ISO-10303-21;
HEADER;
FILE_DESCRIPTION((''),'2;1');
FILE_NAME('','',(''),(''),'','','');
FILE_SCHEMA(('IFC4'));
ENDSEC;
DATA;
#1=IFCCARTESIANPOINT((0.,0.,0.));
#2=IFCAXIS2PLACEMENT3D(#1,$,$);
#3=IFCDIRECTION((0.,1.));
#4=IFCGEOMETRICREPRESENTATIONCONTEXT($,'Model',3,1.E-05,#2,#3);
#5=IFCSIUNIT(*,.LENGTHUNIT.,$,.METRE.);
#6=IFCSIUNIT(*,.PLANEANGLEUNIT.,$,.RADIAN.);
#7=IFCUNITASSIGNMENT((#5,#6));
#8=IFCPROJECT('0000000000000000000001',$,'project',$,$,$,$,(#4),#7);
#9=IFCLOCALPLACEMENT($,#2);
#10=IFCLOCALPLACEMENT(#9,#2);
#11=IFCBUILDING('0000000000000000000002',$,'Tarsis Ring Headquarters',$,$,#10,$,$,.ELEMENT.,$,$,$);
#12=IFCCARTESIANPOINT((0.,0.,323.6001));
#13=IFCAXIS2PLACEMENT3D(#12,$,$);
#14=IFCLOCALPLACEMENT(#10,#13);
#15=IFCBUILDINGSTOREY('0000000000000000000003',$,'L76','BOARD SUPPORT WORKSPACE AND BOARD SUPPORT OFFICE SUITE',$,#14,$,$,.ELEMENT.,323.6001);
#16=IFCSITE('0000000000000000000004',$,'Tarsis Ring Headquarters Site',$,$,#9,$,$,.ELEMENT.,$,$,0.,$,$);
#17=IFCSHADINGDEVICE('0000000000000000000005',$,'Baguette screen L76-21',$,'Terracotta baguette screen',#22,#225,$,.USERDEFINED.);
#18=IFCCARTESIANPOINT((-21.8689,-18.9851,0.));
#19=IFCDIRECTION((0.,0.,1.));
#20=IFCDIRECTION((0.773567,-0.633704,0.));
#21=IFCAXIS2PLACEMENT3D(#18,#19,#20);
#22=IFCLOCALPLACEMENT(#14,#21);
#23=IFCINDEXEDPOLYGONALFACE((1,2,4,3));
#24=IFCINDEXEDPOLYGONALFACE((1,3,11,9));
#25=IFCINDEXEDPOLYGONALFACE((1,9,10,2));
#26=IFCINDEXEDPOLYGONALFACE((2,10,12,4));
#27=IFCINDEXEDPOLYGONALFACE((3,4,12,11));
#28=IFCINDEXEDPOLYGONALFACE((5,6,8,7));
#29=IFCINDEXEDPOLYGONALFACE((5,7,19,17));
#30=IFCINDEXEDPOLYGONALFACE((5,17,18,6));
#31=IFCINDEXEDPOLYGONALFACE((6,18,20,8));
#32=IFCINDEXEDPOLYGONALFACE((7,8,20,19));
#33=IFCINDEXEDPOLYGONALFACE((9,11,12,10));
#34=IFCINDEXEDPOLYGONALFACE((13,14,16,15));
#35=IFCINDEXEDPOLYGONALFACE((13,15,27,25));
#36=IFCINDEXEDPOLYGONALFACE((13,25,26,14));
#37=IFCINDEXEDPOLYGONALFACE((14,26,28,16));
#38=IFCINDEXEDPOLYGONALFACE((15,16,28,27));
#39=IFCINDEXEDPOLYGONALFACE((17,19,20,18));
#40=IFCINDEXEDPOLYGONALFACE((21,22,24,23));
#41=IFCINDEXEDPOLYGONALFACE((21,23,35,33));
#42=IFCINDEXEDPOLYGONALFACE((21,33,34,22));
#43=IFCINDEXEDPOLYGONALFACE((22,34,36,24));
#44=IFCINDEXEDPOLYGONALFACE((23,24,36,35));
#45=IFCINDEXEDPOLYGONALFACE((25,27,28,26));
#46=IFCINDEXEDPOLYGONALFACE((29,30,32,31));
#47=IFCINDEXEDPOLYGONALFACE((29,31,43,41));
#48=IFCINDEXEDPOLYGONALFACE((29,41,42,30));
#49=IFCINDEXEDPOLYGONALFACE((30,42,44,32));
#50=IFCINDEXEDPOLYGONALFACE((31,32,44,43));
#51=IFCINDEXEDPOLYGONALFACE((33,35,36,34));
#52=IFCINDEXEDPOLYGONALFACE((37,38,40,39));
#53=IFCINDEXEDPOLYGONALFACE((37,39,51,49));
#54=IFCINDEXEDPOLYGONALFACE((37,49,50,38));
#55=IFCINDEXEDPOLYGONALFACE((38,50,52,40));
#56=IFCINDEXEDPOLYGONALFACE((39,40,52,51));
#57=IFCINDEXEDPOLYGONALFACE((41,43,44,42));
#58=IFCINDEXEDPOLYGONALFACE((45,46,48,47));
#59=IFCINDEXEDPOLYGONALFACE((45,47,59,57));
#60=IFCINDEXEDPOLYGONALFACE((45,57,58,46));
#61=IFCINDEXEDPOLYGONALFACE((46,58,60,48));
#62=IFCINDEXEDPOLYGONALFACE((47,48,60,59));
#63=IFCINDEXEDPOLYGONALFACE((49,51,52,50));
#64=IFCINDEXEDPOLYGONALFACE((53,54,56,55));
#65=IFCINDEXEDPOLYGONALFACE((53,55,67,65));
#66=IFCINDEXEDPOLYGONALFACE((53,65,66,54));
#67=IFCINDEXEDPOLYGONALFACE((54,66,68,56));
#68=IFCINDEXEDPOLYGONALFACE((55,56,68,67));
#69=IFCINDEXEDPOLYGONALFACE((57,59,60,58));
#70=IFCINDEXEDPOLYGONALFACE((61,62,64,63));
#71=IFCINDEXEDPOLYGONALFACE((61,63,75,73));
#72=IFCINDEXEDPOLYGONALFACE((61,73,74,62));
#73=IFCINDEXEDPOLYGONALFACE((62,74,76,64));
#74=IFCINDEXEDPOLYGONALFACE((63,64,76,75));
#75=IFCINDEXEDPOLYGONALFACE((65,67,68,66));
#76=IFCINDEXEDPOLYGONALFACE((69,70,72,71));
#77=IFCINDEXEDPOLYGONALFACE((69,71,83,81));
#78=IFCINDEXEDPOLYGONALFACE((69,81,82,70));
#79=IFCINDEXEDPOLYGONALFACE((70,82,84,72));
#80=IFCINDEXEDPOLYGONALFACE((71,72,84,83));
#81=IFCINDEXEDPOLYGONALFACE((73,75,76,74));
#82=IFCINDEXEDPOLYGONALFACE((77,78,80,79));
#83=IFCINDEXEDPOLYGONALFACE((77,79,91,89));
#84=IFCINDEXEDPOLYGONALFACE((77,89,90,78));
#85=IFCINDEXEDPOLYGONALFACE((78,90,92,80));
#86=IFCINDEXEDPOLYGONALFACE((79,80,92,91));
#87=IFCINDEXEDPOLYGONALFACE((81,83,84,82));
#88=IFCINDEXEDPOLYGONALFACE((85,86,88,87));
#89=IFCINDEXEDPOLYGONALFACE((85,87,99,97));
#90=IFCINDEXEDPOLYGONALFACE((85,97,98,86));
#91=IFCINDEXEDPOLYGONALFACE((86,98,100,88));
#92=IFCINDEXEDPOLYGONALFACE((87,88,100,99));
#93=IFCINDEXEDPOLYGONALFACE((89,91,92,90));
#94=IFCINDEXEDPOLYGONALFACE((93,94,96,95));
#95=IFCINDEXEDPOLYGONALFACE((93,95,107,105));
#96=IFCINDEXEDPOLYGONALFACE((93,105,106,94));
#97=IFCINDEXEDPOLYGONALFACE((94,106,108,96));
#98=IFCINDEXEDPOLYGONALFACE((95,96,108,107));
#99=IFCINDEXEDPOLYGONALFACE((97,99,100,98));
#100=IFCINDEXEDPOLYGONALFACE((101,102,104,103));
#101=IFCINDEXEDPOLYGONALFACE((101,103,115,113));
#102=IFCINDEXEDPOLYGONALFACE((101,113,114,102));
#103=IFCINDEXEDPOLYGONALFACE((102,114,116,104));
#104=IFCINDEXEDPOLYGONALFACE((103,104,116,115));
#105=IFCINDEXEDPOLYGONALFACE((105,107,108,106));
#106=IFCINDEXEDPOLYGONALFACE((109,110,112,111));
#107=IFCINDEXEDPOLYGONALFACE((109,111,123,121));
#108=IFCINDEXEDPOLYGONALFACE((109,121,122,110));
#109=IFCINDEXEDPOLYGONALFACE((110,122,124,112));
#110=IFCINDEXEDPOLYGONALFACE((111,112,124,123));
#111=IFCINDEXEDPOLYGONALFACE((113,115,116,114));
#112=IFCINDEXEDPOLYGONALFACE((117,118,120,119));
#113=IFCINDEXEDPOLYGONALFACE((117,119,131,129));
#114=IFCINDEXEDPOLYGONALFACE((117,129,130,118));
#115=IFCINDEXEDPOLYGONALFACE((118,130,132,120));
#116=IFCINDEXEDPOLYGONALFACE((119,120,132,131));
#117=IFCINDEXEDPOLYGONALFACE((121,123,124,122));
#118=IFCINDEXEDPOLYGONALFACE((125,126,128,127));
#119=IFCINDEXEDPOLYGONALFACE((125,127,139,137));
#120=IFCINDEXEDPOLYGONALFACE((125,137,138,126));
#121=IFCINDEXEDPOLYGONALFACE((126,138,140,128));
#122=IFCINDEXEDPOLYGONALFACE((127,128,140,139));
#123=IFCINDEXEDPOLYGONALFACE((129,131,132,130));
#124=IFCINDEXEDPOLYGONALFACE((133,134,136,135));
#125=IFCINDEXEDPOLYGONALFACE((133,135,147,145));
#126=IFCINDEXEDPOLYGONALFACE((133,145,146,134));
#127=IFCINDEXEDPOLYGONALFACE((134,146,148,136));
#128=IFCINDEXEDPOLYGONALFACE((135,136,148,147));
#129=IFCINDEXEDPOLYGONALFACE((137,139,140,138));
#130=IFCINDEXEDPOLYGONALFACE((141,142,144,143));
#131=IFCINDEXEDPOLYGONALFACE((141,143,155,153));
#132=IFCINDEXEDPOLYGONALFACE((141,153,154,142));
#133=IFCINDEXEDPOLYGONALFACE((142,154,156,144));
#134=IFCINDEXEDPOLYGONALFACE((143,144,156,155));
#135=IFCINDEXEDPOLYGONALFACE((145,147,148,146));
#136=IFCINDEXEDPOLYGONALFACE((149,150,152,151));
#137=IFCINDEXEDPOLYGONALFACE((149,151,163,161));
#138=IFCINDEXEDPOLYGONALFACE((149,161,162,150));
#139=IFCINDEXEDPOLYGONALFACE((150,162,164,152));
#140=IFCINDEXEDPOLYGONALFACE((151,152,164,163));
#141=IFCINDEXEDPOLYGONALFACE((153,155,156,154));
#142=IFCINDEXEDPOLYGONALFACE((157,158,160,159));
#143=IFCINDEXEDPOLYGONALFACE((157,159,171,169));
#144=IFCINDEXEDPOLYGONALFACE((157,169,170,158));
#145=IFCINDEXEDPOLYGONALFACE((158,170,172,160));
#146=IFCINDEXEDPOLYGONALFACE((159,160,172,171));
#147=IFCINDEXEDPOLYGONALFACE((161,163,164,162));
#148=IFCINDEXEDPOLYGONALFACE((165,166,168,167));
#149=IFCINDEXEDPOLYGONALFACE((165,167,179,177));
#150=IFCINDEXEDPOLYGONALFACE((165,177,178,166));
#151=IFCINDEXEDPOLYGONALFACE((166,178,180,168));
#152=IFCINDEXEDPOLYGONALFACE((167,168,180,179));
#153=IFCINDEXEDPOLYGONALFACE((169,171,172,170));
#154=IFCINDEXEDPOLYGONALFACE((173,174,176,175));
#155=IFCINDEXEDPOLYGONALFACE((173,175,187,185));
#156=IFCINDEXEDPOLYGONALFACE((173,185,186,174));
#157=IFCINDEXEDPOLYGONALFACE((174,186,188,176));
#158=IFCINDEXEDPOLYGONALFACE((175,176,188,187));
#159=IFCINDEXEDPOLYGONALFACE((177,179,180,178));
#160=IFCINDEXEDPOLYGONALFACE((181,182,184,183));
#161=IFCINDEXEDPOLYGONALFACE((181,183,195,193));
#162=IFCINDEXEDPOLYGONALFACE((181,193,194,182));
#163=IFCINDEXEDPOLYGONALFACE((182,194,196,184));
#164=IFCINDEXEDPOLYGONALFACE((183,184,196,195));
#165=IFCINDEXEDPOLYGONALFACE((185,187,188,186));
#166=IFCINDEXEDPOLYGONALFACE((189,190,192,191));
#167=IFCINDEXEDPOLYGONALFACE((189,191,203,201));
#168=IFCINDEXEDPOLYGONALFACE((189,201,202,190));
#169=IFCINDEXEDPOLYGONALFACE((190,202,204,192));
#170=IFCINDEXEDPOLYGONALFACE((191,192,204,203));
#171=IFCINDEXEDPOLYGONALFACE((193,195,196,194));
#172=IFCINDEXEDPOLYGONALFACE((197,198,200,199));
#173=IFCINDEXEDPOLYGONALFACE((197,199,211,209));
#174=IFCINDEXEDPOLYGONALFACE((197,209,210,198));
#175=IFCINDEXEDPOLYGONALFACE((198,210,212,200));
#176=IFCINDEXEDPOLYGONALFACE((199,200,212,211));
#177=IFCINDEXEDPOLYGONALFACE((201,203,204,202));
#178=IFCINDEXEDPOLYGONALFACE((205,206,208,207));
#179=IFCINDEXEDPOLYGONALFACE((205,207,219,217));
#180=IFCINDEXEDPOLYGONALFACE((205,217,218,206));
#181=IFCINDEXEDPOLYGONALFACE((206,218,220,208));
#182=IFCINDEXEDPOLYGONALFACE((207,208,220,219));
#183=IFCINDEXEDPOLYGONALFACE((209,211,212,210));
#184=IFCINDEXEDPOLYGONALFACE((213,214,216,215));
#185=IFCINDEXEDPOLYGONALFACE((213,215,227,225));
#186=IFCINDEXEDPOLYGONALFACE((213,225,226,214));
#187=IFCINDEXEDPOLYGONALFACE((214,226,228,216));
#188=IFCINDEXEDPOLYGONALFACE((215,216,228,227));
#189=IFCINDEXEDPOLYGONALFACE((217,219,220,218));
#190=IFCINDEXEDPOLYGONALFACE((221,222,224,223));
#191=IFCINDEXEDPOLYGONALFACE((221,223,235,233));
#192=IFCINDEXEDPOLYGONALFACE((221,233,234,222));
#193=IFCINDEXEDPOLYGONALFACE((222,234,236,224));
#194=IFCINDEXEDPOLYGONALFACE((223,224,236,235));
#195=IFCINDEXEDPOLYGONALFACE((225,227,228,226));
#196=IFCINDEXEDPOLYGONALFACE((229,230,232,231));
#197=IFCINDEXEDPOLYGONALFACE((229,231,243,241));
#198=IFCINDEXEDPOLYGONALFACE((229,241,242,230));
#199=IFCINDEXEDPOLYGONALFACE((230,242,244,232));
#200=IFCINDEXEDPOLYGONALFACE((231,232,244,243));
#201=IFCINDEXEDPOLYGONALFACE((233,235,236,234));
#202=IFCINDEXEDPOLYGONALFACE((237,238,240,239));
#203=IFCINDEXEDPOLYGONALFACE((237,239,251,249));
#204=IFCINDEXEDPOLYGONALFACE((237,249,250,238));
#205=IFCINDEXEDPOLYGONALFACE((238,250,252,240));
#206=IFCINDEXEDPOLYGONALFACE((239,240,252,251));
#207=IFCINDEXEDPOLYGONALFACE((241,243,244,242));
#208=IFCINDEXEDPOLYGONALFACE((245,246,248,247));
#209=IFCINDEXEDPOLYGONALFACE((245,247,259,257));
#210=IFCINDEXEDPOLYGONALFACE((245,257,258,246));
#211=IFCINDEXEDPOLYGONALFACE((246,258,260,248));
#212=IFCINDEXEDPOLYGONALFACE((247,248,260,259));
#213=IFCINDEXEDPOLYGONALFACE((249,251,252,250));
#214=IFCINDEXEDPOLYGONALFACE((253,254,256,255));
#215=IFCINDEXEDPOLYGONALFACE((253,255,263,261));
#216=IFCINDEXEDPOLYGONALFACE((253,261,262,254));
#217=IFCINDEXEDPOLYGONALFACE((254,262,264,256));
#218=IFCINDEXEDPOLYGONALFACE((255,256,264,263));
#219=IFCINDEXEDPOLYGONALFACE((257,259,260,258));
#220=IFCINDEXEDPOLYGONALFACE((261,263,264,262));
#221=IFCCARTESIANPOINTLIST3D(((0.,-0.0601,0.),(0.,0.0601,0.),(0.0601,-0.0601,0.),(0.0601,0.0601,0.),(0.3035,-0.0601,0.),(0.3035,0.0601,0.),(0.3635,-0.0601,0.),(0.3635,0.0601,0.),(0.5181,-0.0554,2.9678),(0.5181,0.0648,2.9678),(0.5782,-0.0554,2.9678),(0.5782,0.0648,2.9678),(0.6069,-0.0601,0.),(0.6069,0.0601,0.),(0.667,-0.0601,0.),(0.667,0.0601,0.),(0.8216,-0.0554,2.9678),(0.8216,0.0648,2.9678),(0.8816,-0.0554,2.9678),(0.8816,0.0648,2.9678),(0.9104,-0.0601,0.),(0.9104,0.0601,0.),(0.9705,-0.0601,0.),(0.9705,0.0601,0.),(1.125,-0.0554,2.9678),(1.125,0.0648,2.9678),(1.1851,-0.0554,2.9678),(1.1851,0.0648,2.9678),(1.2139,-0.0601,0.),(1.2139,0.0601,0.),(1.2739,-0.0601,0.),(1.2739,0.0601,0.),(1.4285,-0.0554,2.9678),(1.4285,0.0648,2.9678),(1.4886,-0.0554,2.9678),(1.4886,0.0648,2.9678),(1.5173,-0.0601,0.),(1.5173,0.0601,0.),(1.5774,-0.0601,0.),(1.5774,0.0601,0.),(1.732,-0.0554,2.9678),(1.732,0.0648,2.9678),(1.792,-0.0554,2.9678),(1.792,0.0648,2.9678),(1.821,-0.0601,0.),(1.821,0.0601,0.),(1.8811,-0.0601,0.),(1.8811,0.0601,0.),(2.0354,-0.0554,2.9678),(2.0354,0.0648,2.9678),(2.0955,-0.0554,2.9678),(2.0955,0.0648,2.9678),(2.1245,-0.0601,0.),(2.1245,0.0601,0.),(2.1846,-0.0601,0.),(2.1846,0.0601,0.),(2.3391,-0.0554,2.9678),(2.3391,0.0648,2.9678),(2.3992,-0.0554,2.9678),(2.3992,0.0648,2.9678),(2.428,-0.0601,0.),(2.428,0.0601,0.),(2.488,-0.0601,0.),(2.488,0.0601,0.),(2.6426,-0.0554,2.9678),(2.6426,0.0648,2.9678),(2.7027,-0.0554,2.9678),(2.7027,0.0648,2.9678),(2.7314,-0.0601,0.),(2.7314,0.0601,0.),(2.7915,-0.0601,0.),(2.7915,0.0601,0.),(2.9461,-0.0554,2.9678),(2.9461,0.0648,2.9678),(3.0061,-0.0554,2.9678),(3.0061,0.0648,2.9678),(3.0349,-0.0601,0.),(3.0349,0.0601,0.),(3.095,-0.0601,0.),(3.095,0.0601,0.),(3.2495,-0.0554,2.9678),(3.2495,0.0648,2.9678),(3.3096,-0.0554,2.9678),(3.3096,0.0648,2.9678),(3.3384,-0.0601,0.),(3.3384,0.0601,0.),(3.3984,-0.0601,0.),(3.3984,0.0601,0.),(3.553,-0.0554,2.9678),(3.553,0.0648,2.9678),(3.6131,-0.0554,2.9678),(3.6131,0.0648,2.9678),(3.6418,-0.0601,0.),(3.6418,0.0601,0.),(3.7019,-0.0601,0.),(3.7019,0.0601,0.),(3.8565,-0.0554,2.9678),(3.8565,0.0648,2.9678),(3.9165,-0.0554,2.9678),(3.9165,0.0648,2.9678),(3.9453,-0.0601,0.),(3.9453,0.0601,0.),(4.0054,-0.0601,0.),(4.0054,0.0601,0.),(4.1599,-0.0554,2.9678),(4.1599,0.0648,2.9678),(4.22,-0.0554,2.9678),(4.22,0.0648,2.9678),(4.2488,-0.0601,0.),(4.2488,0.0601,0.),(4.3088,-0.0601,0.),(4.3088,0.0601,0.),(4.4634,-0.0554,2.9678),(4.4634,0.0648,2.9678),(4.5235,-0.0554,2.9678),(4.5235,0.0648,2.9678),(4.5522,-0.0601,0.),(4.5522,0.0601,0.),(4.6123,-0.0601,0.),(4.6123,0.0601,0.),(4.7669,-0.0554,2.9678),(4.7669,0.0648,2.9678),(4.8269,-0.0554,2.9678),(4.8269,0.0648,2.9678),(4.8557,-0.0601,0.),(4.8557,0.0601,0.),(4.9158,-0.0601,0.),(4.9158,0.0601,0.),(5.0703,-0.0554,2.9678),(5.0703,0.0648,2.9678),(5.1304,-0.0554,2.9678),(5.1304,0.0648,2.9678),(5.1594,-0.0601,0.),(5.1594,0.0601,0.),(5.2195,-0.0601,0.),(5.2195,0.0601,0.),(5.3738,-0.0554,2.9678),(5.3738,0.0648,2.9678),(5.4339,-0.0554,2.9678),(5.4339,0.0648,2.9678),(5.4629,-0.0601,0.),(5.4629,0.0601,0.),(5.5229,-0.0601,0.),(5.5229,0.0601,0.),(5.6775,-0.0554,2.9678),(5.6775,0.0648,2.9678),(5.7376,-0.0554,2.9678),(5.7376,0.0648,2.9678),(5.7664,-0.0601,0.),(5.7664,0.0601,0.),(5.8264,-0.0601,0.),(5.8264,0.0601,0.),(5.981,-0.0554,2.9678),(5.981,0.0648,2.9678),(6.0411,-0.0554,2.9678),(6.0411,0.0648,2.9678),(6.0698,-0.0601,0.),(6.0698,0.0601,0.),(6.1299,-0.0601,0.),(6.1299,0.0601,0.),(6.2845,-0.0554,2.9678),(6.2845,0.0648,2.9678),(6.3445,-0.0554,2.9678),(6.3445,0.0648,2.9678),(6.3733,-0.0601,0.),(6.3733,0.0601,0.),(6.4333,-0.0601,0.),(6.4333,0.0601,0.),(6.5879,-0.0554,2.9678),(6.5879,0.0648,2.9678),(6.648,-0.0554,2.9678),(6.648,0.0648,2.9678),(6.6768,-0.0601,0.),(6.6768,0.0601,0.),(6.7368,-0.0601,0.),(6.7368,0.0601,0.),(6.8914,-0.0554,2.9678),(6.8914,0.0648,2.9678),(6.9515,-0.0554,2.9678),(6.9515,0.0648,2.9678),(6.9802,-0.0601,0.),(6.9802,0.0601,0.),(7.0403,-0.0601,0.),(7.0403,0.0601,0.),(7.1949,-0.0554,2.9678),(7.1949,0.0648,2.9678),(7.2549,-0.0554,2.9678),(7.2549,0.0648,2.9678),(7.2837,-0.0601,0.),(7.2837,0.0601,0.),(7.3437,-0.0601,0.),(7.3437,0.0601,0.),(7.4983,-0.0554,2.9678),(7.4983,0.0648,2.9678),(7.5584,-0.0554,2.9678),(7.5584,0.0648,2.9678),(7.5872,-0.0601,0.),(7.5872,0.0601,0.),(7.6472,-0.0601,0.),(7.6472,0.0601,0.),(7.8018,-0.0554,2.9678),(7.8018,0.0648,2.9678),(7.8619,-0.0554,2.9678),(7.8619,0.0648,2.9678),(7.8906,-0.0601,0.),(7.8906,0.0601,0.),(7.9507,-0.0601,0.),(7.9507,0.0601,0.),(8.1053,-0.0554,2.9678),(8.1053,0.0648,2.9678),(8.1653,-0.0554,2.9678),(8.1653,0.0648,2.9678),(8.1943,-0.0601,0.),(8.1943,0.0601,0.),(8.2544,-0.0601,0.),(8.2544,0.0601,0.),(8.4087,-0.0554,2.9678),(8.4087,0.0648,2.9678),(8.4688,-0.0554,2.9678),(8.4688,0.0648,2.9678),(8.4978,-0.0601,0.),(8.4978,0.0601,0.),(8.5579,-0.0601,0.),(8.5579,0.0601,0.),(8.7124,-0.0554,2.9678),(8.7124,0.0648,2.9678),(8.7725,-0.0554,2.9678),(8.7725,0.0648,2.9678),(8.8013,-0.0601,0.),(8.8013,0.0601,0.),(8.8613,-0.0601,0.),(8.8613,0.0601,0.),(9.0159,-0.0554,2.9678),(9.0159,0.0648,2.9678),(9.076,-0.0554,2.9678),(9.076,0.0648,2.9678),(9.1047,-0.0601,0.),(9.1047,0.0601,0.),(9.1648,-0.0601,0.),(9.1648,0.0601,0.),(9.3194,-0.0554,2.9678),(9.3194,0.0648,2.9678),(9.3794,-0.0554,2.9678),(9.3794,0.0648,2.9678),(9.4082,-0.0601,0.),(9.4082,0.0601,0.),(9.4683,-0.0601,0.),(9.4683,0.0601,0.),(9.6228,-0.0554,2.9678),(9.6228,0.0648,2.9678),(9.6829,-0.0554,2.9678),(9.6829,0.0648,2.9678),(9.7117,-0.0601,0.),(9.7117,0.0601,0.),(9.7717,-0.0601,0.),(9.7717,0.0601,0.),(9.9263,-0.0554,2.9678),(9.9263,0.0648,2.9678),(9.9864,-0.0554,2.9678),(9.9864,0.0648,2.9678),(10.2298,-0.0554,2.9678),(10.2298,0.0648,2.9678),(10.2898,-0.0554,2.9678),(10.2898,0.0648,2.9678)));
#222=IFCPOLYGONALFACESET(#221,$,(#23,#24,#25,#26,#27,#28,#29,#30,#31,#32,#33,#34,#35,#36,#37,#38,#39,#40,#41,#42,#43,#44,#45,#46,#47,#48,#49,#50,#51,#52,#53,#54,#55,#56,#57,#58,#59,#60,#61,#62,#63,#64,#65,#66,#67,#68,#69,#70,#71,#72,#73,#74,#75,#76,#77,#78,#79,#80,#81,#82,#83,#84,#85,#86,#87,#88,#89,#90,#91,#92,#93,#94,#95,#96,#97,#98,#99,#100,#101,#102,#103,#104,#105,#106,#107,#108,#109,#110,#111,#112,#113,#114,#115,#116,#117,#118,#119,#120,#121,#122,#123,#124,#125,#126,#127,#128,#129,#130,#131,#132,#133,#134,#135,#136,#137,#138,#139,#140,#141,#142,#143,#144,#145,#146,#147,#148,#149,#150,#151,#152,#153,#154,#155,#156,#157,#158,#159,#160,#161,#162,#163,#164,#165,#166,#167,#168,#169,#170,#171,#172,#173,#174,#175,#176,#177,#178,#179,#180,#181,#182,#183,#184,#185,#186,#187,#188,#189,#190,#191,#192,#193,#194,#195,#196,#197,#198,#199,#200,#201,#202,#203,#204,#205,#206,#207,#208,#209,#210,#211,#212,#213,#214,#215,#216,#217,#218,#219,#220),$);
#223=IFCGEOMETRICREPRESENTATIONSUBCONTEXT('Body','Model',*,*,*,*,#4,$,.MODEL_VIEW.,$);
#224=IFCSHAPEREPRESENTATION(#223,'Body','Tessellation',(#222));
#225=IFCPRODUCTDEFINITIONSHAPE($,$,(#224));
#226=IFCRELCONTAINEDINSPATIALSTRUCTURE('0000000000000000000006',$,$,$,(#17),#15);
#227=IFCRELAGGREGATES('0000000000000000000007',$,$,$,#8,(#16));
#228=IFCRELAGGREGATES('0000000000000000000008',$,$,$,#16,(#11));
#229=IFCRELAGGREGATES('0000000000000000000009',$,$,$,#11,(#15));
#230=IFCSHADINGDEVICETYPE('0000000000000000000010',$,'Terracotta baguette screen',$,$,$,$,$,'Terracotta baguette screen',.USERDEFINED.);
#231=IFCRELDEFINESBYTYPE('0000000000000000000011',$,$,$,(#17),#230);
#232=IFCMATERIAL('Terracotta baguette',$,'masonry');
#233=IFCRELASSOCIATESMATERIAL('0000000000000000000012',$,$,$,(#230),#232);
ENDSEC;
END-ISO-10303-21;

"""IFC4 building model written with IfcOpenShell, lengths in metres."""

from ifc_helpers import new_model, si_unit, direction, frame, frame_2d, origin, place, context, subcontext, project, spatial, rectangle, composite_profile, extrude, material, type_object, element, save


model = new_model("IFC4")

# Units and contexts
model_context = context("Model", 3, precision=1e-05, world=origin(), true_north=direction((0.0, 1.0)))
body_context = subcontext(model_context, "Body", "Model", "MODEL_VIEW")
ifc_project = project(units=[si_unit("LENGTHUNIT", "METRE"), si_unit("PLANEANGLEUNIT", "RADIAN")], contexts=[model_context])

# Site, building, storey
site_placement = place(None, origin())
site = spatial("IfcSite", under=ifc_project, at=site_placement, Name="Tarsis Ring Headquarters Site", CompositionType="ELEMENT", RefElevation=0.0)
building_placement = place(site_placement, origin())
building = spatial("IfcBuilding", under=site, at=building_placement, Name="Tarsis Ring Headquarters", CompositionType="ELEMENT")
storey_placement = place(building_placement, frame((0.0, 0.0, 323.6001)))
storey = spatial("IfcBuildingStorey", under=building, at=storey_placement, Name="L76", Description="BOARD SUPPORT WORKSPACE AND BOARD SUPPORT OFFICE SUITE", CompositionType="ELEMENT", Elevation=323.6001)

# Shading device
ifc_material_1 = material(Name="Terracotta baguette", Category="masonry")
shading_device_type_1 = type_object("IfcShadingDeviceType", Name="Terracotta baguette screen", ElementType="Terracotta baguette screen", PredefinedType="USERDEFINED", material=ifc_material_1)
shading_device_1_placement = place(storey_placement, frame((-21.8689, -18.9851, 0.0), z_axis=(0.0, 0.0, 1.0), x_axis=(0.773567, -0.633704, 0.0)))
element("IfcShadingDevice", 1, at=shading_device_1_placement, inside=storey, type_object=shading_device_type_1, Name="Baguette screen L76-21", ObjectType="Terracotta baguette screen", PredefinedType="USERDEFINED", context=body_context, shape_type="SweptSolid", body=[
    extrude(composite_profile([rectangle(XDim=0.0601, YDim=0.1201, at=frame_2d((0.03, 0.0))), rectangle(XDim=0.0601, YDim=0.1201, at=frame_2d((0.3335, 0.0))), rectangle(XDim=0.0601, YDim=0.1201, at=frame_2d((0.637, 0.0))), rectangle(XDim=0.0601, YDim=0.1201, at=frame_2d((0.9404, 0.0))), rectangle(XDim=0.0601, YDim=0.1201, at=frame_2d((1.2439, 0.0))), rectangle(XDim=0.0601, YDim=0.1201, at=frame_2d((1.5474, 0.0))), rectangle(XDim=0.0601, YDim=0.1201, at=frame_2d((1.8511, 0.0))), rectangle(XDim=0.0601, YDim=0.1201, at=frame_2d((2.1545, 0.0))), rectangle(XDim=0.0601, YDim=0.1201, at=frame_2d((2.458, 0.0))), rectangle(XDim=0.0601, YDim=0.1201, at=frame_2d((2.7615, 0.0))), rectangle(XDim=0.0601, YDim=0.1201, at=frame_2d((3.0649, 0.0))), rectangle(XDim=0.0601, YDim=0.1201, at=frame_2d((3.3684, 0.0))), rectangle(XDim=0.0601, YDim=0.1201, at=frame_2d((3.6719, 0.0))), rectangle(XDim=0.0601, YDim=0.1201, at=frame_2d((3.9753, 0.0))), rectangle(XDim=0.0601, YDim=0.1201, at=frame_2d((4.2788, 0.0))), rectangle(XDim=0.0601, YDim=0.1201, at=frame_2d((4.5823, 0.0))), rectangle(XDim=0.0601, YDim=0.1201, at=frame_2d((4.8857, 0.0))), rectangle(XDim=0.0601, YDim=0.1201, at=frame_2d((5.1895, 0.0))), rectangle(XDim=0.0601, YDim=0.1201, at=frame_2d((5.4929, 0.0))), rectangle(XDim=0.0601, YDim=0.1201, at=frame_2d((5.7964, 0.0))), rectangle(XDim=0.0601, YDim=0.1201, at=frame_2d((6.0999, 0.0))), rectangle(XDim=0.0601, YDim=0.1201, at=frame_2d((6.4033, 0.0))), rectangle(XDim=0.0601, YDim=0.1201, at=frame_2d((6.7068, 0.0))), rectangle(XDim=0.0601, YDim=0.1201, at=frame_2d((7.0103, 0.0))), rectangle(XDim=0.0601, YDim=0.1201, at=frame_2d((7.3137, 0.0))), rectangle(XDim=0.0601, YDim=0.1201, at=frame_2d((7.6172, 0.0))), rectangle(XDim=0.0601, YDim=0.1201, at=frame_2d((7.9207, 0.0))), rectangle(XDim=0.0601, YDim=0.1201, at=frame_2d((8.2244, 0.0))), rectangle(XDim=0.0601, YDim=0.1201, at=frame_2d((8.5278, 0.0))), rectangle(XDim=0.0601, YDim=0.1201, at=frame_2d((8.8313, 0.0))), rectangle(XDim=0.0601, YDim=0.1201, at=frame_2d((9.1348, 0.0))), rectangle(XDim=0.0601, YDim=0.1201, at=frame_2d((9.4382, 0.0))), rectangle(XDim=0.0601, YDim=0.1201, at=frame_2d((9.7417, 0.0)))]), origin(), (0.171973, 0.001558, 0.9851), 3.0127),
])

save(model, "model.ifc")
